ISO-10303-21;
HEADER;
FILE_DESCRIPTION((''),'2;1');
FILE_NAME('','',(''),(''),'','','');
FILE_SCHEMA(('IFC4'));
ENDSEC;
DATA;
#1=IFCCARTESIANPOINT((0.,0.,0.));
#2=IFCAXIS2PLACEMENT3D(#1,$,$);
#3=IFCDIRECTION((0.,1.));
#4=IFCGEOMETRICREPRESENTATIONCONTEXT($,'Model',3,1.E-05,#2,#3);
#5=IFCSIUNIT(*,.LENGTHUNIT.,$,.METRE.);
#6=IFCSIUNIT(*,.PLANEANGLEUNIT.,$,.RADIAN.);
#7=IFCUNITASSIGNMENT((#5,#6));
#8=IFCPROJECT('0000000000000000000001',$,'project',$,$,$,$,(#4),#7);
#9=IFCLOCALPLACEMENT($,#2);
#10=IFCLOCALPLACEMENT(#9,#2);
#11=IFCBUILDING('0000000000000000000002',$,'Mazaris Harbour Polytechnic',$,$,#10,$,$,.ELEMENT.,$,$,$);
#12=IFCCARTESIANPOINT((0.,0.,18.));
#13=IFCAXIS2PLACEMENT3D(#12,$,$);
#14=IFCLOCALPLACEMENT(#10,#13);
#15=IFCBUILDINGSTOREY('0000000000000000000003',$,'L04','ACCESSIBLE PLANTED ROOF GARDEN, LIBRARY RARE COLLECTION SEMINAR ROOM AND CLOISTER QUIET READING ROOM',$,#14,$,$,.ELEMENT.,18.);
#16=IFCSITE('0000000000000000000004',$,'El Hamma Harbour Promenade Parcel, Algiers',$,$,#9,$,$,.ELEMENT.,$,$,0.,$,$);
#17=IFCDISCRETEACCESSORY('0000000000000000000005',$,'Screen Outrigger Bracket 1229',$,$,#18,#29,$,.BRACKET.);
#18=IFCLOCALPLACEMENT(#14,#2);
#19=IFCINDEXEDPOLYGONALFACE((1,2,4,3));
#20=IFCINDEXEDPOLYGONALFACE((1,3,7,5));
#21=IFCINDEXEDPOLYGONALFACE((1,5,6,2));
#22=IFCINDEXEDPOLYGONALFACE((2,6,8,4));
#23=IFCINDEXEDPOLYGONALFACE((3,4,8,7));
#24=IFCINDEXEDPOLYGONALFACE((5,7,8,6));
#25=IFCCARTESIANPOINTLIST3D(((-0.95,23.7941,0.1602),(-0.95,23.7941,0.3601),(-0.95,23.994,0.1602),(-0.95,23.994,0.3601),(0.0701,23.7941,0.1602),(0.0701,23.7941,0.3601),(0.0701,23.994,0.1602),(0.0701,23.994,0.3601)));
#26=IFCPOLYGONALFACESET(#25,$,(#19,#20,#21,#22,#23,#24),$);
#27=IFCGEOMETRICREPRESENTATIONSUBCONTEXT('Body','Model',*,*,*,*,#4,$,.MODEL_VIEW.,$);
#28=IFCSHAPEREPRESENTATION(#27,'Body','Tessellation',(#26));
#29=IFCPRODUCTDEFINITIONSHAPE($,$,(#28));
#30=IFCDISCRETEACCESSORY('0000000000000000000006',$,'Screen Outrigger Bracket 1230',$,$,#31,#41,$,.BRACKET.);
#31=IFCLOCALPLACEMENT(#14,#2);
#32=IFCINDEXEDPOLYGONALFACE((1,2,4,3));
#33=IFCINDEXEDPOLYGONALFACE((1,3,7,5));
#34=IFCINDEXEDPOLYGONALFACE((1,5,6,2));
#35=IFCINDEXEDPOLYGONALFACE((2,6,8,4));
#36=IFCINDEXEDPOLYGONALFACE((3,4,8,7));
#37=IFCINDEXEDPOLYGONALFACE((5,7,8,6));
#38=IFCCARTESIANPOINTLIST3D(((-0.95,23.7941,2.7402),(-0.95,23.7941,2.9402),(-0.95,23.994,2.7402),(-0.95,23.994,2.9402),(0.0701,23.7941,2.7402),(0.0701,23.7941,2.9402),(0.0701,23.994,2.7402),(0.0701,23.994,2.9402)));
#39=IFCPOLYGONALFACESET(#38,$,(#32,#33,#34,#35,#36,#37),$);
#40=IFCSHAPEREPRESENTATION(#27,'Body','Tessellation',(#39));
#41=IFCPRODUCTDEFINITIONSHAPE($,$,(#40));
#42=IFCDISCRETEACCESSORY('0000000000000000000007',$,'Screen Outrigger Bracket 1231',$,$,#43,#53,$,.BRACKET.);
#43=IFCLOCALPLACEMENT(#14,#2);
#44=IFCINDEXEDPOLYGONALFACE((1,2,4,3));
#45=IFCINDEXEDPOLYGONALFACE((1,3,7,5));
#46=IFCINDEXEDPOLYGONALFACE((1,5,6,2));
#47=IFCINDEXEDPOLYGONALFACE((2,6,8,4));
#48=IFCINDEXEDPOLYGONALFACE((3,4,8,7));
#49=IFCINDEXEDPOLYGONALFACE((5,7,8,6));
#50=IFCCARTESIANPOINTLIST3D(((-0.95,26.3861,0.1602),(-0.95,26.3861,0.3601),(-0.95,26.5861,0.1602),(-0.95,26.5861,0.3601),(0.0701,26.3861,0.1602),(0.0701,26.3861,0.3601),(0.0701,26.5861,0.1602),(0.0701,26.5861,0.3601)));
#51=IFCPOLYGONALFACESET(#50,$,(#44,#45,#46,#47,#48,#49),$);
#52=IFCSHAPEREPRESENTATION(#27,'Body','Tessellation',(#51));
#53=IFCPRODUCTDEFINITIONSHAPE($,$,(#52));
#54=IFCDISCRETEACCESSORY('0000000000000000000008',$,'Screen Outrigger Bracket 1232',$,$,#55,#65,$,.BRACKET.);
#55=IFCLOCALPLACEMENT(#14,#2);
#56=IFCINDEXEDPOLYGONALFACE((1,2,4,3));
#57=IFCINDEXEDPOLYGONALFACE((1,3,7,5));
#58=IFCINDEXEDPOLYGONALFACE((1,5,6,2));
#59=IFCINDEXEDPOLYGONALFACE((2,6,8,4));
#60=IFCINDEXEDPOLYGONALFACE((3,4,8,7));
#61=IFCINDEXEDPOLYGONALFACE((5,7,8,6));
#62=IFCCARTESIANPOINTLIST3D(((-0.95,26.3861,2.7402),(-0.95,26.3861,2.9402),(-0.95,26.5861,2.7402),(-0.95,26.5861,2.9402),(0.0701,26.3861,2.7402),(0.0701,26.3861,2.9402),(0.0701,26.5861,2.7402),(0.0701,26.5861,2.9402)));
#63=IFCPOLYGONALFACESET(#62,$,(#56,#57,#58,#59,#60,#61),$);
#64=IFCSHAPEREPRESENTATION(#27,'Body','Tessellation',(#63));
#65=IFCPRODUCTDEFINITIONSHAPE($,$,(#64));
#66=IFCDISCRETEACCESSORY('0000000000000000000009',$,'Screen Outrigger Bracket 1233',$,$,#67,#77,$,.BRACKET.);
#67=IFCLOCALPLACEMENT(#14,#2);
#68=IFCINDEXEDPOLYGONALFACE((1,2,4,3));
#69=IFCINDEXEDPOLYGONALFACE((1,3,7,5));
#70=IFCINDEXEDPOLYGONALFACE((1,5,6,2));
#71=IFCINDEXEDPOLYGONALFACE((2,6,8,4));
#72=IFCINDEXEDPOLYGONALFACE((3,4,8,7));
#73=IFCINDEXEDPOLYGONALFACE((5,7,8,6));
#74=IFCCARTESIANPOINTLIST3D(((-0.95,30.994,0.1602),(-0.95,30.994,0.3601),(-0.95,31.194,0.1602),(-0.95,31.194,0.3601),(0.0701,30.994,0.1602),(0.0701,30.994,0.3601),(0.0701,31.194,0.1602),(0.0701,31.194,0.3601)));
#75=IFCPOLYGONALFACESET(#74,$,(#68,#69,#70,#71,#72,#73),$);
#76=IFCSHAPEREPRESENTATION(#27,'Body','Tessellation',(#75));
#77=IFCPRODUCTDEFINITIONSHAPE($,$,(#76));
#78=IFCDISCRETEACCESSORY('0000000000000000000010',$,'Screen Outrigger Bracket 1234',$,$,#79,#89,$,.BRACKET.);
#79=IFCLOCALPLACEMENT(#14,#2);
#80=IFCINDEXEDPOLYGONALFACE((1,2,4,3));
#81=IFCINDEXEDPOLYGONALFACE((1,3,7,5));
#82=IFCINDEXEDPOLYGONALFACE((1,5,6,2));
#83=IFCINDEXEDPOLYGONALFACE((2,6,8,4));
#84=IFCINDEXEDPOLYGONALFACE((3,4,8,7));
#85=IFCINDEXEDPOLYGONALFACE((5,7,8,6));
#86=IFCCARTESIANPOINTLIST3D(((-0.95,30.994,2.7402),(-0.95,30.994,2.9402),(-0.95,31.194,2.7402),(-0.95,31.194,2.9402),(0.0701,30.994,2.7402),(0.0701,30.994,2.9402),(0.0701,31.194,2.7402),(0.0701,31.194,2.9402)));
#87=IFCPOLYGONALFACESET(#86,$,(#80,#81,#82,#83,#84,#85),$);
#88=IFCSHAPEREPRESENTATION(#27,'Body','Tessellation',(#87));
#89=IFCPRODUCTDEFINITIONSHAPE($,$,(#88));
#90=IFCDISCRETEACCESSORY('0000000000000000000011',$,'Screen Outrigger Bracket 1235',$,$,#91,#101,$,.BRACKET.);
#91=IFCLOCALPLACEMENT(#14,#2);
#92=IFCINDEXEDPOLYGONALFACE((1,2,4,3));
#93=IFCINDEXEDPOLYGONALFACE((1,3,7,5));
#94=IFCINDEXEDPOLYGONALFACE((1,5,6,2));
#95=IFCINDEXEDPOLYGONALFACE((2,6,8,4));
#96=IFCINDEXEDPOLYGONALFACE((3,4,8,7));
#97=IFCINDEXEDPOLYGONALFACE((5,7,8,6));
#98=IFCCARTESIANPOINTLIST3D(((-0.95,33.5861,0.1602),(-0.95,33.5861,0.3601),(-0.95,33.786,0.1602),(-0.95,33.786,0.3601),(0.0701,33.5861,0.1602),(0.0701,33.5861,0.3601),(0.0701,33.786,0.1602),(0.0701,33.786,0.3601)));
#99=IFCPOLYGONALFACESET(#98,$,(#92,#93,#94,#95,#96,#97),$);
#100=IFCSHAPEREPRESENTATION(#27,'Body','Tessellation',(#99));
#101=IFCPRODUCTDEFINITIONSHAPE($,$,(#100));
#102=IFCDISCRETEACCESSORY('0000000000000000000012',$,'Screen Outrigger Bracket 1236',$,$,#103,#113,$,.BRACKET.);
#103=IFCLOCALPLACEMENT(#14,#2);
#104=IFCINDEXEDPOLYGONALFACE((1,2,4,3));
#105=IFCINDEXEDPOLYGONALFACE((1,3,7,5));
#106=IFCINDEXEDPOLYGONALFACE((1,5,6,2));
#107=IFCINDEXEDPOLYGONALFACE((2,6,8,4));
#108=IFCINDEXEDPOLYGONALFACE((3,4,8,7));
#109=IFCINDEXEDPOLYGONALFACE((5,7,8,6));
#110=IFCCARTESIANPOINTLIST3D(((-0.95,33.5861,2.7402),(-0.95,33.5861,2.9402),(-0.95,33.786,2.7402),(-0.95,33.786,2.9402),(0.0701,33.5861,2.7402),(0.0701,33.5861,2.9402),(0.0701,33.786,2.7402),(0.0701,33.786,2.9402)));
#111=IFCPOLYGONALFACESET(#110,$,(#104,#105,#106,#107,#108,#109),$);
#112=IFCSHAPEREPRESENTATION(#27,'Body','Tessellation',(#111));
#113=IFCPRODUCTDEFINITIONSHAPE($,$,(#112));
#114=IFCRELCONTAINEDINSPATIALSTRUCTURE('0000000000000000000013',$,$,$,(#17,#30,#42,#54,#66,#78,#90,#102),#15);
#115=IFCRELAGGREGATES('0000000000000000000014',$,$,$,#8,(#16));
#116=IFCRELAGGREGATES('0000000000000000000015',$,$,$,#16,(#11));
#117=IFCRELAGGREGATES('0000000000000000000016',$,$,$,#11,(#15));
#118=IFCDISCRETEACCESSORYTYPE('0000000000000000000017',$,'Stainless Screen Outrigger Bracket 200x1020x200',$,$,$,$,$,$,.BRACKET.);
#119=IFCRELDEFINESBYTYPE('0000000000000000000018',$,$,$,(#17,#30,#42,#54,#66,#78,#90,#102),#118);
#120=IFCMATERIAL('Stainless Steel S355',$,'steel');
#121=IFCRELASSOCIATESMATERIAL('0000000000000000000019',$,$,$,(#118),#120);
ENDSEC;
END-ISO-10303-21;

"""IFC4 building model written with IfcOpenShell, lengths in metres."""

from ifc_helpers import new_model, si_unit, direction, frame, origin, origin_2d, place, context, subcontext, project, spatial, rectangle, extrude, material, type_object, element, save


model = new_model("IFC4")

# Units and contexts
model_context = context("Model", 3, precision=1e-05, world=origin(), true_north=direction((0.0, 1.0)))
body_context = subcontext(model_context, "Body", "Model", "MODEL_VIEW")
ifc_project = project(units=[si_unit("LENGTHUNIT", "METRE"), si_unit("PLANEANGLEUNIT", "RADIAN")], contexts=[model_context])

# Site, building, storey
site_placement = place(None, origin())
site = spatial("IfcSite", under=ifc_project, at=site_placement, Name="El Hamma Harbour Promenade Parcel, Algiers", CompositionType="ELEMENT", RefElevation=0.0)
building_placement = place(site_placement, origin())
building = spatial("IfcBuilding", under=site, at=building_placement, Name="Mazaris Harbour Polytechnic", CompositionType="ELEMENT")
storey_placement = place(building_placement, frame((0.0, 0.0, 18.0)))
storey = spatial("IfcBuildingStorey", under=building, at=storey_placement, Name="L04", Description="ACCESSIBLE PLANTED ROOF GARDEN, LIBRARY RARE COLLECTION SEMINAR ROOM AND CLOISTER QUIET READING ROOM", CompositionType="ELEMENT", Elevation=18.0)

# Discrete accessories
ifc_material_1 = material(Name="Stainless Steel S355", Category="steel")
discrete_accessory_type = type_object("IfcDiscreteAccessoryType", Name="Stainless Screen Outrigger Bracket 200x1020x200", PredefinedType="BRACKET", material=ifc_material_1)
for number, where, z_axis, x_axis, name in (
    (1, (-0.4399, 23.894, 0.1602), (0.0, 0.0, 1.0), (0.0, 1.0, 0.0), "Screen Outrigger Bracket 1229"),
    (2, (-0.4399, 23.894, 2.7402), (0.0, 0.0, 1.0), (0.0, 1.0, 0.0), "Screen Outrigger Bracket 1230"),
    (3, (-0.4399, 26.4861, 0.1602), (0.0, 0.0, 1.0), (0.0, 1.0, 0.0), "Screen Outrigger Bracket 1231"),
    (4, (-0.4399, 26.4861, 2.7402), (0.0, 0.0, 1.0), (0.0, 1.0, 0.0), "Screen Outrigger Bracket 1232"),
    (5, (-0.4399, 31.094, 0.1602), (0.0, 0.0, 1.0), (0.0, 1.0, 0.0), "Screen Outrigger Bracket 1233"),
    (6, (-0.4399, 31.094, 2.7402), (0.0, 0.0, 1.0), (0.0, 1.0, 0.0), "Screen Outrigger Bracket 1234"),
    (7, (-0.4399, 33.686, 0.1602), (0.0, 0.0, 1.0), (0.0, 1.0, 0.0), "Screen Outrigger Bracket 1235"),
    (8, (-0.4399, 33.686, 2.7402), (0.0, 0.0, 1.0), (0.0, 1.0, 0.0), "Screen Outrigger Bracket 1236"),
):
    element("IfcDiscreteAccessory", number, at=place(storey_placement, frame(where, z_axis=z_axis, x_axis=x_axis)), inside=storey, type_object=discrete_accessory_type, Name=name, PredefinedType="BRACKET", context=body_context, shape_type="SweptSolid", body=[
        extrude(rectangle(XDim=0.2, YDim=1.02, at=origin_2d()), origin(), (0.0, 0.0, 1.0), 0.2),
    ])

save(model, "model.ifc")
